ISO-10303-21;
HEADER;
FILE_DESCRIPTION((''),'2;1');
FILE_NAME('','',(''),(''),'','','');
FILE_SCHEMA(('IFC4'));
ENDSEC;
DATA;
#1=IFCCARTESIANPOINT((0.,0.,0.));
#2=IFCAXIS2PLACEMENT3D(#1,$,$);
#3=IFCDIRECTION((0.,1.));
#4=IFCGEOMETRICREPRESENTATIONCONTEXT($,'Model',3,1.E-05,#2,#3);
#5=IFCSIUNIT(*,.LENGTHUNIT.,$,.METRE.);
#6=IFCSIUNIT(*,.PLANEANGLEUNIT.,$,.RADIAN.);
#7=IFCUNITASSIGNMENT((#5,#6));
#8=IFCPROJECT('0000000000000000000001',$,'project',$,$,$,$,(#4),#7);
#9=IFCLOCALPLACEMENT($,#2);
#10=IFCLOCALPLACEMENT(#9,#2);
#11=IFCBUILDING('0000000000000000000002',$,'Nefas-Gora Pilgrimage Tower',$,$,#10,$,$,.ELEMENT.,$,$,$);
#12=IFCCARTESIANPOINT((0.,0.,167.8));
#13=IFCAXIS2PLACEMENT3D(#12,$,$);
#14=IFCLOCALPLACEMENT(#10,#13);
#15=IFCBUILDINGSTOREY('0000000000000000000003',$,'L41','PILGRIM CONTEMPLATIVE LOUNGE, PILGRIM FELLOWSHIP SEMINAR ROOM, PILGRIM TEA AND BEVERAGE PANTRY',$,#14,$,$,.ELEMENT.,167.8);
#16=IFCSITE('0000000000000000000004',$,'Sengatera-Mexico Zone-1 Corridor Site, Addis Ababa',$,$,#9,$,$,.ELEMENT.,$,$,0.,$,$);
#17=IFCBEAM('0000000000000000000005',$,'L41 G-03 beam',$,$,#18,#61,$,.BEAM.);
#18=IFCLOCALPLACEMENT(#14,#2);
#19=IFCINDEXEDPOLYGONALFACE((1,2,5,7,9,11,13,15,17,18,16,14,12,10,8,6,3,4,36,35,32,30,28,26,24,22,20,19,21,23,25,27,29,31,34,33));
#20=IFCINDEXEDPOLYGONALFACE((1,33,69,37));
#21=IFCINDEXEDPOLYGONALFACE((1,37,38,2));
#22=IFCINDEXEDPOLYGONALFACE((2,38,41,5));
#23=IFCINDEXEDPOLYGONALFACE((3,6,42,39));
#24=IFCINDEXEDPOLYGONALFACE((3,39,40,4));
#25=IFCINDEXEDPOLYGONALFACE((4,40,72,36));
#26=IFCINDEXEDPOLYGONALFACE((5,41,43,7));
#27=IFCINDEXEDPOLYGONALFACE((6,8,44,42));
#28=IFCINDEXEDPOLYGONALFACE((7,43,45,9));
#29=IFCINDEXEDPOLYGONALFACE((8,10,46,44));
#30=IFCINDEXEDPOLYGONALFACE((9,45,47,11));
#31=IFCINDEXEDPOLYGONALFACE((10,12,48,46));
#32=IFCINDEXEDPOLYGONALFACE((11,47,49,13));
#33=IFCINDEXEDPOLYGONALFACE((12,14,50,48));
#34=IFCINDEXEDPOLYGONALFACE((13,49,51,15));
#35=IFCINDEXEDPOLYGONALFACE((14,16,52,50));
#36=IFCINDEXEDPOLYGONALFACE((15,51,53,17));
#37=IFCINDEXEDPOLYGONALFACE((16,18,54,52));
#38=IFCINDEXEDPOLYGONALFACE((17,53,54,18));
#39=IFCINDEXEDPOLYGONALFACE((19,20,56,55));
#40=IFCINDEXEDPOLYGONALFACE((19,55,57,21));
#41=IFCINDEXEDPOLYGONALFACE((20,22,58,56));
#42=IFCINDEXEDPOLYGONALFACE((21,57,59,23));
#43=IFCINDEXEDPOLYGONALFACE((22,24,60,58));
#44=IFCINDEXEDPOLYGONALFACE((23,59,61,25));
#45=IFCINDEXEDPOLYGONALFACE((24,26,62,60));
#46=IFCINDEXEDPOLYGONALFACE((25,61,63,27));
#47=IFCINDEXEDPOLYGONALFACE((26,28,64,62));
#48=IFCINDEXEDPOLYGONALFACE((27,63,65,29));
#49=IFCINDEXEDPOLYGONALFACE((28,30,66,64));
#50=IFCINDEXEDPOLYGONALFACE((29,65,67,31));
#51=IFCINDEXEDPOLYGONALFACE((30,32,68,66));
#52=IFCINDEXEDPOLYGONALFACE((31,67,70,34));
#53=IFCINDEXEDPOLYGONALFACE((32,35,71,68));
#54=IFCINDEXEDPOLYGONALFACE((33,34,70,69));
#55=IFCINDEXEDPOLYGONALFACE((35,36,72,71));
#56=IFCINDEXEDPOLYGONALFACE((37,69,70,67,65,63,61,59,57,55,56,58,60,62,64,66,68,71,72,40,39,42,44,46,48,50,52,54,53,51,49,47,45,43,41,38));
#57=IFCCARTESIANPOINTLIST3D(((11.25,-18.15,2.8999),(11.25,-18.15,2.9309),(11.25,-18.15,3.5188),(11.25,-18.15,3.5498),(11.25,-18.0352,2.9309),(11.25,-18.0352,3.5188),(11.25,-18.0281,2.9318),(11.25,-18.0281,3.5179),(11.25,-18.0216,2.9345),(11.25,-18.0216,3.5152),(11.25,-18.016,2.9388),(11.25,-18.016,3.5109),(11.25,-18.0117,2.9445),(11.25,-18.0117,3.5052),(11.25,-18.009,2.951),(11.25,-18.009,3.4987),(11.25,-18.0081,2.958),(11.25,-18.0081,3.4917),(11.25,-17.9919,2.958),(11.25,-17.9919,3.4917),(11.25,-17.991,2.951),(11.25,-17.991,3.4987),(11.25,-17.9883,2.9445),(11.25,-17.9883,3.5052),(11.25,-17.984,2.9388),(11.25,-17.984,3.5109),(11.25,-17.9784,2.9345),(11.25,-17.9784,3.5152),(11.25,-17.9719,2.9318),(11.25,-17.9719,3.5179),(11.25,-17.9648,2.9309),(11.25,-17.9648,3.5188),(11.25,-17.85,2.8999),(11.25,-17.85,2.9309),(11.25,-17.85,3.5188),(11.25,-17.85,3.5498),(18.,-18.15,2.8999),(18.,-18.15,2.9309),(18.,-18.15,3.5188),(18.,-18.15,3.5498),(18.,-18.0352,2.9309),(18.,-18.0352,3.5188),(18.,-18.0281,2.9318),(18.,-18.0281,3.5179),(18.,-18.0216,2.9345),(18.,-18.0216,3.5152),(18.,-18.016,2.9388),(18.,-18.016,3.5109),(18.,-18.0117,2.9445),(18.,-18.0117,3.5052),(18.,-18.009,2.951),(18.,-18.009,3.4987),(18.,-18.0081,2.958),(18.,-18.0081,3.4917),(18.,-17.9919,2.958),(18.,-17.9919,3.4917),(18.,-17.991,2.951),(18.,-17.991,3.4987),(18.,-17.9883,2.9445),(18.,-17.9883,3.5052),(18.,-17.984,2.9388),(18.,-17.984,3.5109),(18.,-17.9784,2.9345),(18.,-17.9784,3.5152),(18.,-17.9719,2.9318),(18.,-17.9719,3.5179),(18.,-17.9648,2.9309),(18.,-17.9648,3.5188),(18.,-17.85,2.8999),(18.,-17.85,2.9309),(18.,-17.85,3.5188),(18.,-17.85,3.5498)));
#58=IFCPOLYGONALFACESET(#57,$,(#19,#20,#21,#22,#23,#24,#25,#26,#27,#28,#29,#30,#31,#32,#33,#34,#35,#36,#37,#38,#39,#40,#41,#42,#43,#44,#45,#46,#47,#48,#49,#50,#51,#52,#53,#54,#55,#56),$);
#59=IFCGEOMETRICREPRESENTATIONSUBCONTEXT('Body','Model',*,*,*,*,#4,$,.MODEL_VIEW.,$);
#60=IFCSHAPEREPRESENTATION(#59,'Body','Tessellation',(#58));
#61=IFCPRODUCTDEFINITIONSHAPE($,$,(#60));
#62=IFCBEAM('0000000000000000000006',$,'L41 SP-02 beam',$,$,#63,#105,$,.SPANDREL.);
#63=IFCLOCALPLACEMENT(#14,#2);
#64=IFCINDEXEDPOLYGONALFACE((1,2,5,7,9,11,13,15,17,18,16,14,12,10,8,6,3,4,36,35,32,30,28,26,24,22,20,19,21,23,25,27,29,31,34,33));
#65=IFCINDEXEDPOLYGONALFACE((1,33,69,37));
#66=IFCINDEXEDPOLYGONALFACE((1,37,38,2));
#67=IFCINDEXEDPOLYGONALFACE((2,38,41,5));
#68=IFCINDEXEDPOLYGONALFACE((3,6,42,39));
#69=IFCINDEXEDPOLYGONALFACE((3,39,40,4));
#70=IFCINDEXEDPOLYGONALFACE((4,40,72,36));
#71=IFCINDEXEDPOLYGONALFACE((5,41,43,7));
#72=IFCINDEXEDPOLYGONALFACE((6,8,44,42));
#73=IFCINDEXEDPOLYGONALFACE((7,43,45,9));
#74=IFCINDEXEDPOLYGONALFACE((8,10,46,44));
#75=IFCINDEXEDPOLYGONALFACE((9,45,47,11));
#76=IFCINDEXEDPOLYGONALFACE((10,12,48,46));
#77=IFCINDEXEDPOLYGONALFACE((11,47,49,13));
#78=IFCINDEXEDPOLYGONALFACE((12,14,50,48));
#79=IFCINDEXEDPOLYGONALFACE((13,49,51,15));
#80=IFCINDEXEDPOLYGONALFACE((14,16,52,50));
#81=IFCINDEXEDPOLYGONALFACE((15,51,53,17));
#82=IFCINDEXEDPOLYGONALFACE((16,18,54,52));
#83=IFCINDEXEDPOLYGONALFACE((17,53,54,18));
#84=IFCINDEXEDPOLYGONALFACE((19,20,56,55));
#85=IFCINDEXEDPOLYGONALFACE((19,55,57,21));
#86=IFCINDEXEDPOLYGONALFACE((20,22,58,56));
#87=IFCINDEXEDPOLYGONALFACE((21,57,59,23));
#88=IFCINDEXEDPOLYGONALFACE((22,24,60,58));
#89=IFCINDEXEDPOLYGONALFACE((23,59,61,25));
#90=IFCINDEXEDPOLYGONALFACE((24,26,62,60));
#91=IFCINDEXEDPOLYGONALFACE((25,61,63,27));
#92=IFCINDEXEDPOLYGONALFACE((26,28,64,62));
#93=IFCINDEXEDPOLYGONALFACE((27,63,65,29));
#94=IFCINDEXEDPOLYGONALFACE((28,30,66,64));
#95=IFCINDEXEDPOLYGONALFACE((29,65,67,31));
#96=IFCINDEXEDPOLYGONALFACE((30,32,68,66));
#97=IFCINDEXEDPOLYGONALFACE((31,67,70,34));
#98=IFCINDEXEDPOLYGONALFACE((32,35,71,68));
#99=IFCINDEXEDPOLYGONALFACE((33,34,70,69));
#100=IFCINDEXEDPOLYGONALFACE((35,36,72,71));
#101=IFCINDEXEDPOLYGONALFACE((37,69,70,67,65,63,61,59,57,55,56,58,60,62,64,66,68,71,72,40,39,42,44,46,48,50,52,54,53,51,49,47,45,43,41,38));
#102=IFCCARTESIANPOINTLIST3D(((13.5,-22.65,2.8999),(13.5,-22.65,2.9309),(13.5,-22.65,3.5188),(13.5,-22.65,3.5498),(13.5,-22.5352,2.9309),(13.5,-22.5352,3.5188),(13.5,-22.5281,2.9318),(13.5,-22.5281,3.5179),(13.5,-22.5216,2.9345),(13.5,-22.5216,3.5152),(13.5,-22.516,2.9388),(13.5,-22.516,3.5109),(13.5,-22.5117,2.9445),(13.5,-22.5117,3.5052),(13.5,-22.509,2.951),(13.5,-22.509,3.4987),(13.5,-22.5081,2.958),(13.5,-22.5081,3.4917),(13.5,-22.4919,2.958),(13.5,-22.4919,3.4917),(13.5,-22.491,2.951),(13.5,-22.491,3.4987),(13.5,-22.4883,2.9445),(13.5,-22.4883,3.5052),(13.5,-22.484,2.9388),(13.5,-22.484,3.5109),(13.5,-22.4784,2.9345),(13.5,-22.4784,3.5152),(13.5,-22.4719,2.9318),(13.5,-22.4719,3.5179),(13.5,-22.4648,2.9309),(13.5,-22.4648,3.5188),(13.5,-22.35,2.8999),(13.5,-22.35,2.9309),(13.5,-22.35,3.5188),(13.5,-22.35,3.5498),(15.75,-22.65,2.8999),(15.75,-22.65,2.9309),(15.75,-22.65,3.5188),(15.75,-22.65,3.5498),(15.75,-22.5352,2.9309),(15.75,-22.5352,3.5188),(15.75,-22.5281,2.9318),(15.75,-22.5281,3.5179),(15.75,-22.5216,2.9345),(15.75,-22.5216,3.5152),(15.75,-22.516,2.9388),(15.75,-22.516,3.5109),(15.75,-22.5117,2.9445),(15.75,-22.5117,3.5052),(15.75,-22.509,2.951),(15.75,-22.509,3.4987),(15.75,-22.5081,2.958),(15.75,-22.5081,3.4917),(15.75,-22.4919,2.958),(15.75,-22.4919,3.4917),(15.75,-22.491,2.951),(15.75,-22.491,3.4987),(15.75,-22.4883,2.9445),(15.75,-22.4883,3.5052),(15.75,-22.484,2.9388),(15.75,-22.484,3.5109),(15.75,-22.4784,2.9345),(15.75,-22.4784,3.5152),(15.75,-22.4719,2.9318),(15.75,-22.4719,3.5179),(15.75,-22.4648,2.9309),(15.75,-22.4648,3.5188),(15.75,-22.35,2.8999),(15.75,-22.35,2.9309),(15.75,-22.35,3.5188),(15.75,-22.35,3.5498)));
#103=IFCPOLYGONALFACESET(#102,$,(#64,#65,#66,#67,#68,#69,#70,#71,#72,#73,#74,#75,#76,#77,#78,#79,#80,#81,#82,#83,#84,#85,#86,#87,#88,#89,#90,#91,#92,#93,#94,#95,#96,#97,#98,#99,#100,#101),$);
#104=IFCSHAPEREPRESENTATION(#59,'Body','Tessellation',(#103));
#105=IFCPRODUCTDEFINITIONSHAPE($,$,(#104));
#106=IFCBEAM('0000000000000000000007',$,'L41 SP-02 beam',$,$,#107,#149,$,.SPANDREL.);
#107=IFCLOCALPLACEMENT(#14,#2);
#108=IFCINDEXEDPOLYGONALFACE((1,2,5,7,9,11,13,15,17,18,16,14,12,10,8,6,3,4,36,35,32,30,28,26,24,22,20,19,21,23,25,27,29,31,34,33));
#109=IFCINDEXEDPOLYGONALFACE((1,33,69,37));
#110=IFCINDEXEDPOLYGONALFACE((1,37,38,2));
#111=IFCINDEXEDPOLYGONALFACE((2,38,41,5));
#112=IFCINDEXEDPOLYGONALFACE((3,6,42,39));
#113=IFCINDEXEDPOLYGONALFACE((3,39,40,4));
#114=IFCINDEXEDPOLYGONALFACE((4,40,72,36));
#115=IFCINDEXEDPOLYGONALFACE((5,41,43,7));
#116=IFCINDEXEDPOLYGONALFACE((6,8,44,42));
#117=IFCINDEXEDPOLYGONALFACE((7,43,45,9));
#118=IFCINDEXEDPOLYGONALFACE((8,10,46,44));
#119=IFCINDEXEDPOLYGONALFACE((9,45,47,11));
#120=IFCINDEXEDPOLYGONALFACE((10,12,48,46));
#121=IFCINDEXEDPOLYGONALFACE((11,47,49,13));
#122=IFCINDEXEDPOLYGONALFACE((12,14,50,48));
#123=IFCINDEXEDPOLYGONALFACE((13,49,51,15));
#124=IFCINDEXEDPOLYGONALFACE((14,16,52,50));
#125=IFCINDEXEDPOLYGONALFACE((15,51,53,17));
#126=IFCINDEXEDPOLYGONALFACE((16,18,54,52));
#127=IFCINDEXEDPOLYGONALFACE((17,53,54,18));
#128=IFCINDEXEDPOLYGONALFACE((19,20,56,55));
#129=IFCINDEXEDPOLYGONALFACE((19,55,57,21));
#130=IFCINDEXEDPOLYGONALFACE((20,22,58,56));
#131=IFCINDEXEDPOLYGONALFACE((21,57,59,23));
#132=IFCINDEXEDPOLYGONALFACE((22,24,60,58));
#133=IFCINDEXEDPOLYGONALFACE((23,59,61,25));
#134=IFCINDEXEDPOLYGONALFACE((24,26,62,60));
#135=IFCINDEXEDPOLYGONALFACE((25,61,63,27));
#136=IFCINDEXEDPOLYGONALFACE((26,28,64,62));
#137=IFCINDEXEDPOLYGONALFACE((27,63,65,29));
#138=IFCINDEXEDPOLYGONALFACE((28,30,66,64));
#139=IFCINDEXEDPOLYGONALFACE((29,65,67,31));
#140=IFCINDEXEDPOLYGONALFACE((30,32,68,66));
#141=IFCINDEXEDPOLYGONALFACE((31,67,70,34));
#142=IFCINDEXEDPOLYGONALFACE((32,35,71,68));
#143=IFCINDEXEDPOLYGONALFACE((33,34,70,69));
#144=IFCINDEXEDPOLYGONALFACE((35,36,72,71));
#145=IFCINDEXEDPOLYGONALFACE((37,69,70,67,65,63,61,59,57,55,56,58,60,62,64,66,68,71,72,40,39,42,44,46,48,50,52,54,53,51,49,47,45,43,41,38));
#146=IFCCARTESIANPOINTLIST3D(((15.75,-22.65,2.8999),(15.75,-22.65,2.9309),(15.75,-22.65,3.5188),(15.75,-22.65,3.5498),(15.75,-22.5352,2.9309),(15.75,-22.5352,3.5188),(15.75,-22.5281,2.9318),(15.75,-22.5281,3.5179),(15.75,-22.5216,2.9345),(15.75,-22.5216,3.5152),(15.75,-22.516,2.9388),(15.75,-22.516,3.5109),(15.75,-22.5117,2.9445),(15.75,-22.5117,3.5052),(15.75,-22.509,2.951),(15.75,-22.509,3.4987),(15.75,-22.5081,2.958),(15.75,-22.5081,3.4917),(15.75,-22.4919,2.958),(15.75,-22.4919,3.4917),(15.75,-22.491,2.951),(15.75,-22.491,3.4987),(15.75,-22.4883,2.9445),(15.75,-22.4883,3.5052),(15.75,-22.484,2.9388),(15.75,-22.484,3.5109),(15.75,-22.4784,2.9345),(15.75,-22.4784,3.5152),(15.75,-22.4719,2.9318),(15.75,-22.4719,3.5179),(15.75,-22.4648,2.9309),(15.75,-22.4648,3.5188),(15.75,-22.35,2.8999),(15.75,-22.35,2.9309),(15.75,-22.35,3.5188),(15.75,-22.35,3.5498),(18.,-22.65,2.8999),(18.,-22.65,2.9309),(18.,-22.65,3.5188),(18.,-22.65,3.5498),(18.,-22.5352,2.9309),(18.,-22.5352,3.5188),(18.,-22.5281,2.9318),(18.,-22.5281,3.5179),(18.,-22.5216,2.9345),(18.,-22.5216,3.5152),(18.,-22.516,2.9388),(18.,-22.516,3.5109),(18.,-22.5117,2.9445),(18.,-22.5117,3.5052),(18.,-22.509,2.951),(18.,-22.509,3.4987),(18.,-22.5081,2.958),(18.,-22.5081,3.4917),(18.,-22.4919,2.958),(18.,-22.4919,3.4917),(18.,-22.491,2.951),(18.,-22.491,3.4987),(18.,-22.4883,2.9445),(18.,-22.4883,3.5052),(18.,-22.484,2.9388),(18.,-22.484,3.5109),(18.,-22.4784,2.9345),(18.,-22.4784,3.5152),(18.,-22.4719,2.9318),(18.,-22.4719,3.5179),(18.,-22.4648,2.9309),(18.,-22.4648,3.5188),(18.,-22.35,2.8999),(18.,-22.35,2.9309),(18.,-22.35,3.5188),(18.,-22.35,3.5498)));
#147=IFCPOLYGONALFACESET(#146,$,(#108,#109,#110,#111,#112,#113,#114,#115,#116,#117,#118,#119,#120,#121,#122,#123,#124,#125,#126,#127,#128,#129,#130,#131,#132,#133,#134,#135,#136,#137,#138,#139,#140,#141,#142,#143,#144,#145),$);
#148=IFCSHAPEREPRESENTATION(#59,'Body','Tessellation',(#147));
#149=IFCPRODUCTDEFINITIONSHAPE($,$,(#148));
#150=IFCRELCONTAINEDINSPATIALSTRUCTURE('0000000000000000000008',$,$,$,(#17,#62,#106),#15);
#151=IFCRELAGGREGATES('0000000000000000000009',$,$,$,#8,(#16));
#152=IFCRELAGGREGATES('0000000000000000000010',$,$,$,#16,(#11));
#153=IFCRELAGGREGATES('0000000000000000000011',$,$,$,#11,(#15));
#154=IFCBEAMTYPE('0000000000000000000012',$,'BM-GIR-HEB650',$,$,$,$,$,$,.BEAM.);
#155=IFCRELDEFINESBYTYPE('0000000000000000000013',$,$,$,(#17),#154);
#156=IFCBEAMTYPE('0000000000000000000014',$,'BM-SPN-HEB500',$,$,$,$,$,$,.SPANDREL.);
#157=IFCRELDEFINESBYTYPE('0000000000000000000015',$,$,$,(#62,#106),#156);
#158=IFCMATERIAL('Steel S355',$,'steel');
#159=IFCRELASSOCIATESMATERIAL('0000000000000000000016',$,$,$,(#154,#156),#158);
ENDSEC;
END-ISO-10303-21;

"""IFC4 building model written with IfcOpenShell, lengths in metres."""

from ifc_helpers import new_model, si_unit, direction, frame, origin, origin_2d, place, context, subcontext, project, spatial, i_section, extrude, source, transform, mapped, material, material_profile, profile_set, type_object, element, save


model = new_model("IFC4")

# Units and contexts
model_context = context("Model", 3, precision=1e-05, world=origin(), true_north=direction((0.0, 1.0)))
body_context = subcontext(model_context, "Body", "Model", "MODEL_VIEW")
ifc_project = project(units=[si_unit("LENGTHUNIT", "METRE"), si_unit("PLANEANGLEUNIT", "RADIAN")], contexts=[model_context])

# Site, building, storey
site_placement = place(None, origin())
site = spatial("IfcSite", under=ifc_project, at=site_placement, Name="Sengatera-Mexico Zone-1 Corridor Site, Addis Ababa", CompositionType="ELEMENT", RefElevation=0.0)
building_placement = place(site_placement, origin())
building = spatial("IfcBuilding", under=site, at=building_placement, Name="Nefas-Gora Pilgrimage Tower", CompositionType="ELEMENT")
storey_placement = place(building_placement, frame((0.0, 0.0, 167.8)))
storey = spatial("IfcBuildingStorey", under=building, at=storey_placement, Name="L41", Description="PILGRIM CONTEMPLATIVE LOUNGE, PILGRIM FELLOWSHIP SEMINAR ROOM, PILGRIM TEA AND BEVERAGE PANTRY", CompositionType="ELEMENT", Elevation=167.8)

# Beams
ifc_material_1 = material(Name="Steel S355", Category="steel")
ifc_material_profile_1 = material_profile(ifc_material_1, i_section(OverallWidth=0.3, OverallDepth=0.6499, WebThickness=0.0161, FlangeThickness=0.031, FilletRadius=0.0271, at=origin_2d()), Name="HEB 650")
ifc_profile_set_1 = profile_set([ifc_material_profile_1], Name="Steel S355")
beam_type_1 = type_object("IfcBeamType", Name="BM-GIR-HEB650", PredefinedType="BEAM", material=ifc_profile_set_1)
shared_shape_1 = source(origin(), body_context, "Body", "SweptSolid", [
    extrude(i_section(OverallWidth=0.3, OverallDepth=0.6499, WebThickness=0.0161, FlangeThickness=0.031, FilletRadius=0.0271, at=origin_2d()), origin(), (0.0, 0.0, 1.0), 6.75),
])
beam_placement = place(storey_placement, frame((11.25, -18.0, 3.2249), z_axis=(1.0, 0.0, 0.0), x_axis=(0.0, 1.0, 0.0)))
element("IfcBeam", 1, at=beam_placement, inside=storey, type_object=beam_type_1, Name="L41 G-03 beam", PredefinedType="BEAM", context=body_context, shape_type="MappedRepresentation", body=[
    mapped(shared_shape_1, transform((0.0, 0.0, 0.0), x_axis=(1.0, 0.0, 0.0), y_axis=(0.0, 1.0, 0.0), z_axis=(0.0, 0.0, 1.0), scale=1.0)),
])
ifc_material_profile_2 = material_profile(ifc_material_1, i_section(OverallWidth=0.3, OverallDepth=0.6499, WebThickness=0.0161, FlangeThickness=0.031, FilletRadius=0.0271, at=origin_2d()), Name="HEB 650")
ifc_profile_set_2 = profile_set([ifc_material_profile_2], Name="Steel S355")
beam_type_2 = type_object("IfcBeamType", Name="BM-SPN-HEB500", PredefinedType="SPANDREL", material=ifc_profile_set_2)
shared_shape_2 = source(origin(), body_context, "Body", "SweptSolid", [
    extrude(i_section(OverallWidth=0.3, OverallDepth=0.6499, WebThickness=0.0161, FlangeThickness=0.031, FilletRadius=0.0271, at=origin_2d()), origin(), (0.0, 0.0, 1.0), 2.25),
])
for number, where, z_axis, x_axis, name in (
    (2, (13.5, -22.5, 3.2249), (1.0, 0.0, 0.0), (0.0, 1.0, 0.0), "L41 SP-02 beam"),
    (3, (15.75, -22.5, 3.2249), (1.0, 0.0, 0.0), (0.0, 1.0, 0.0), "L41 SP-02 beam"),
):
    element("IfcBeam", number, at=place(storey_placement, frame(where, z_axis=z_axis, x_axis=x_axis)), inside=storey, type_object=beam_type_2, Name=name, PredefinedType="SPANDREL", context=body_context, shape_type="MappedRepresentation", body=[
        mapped(shared_shape_2, transform((0.0, 0.0, 0.0), x_axis=(1.0, 0.0, 0.0), y_axis=(0.0, 1.0, 0.0), z_axis=(0.0, 0.0, 1.0), scale=1.0)),
    ])

save(model, "model.ifc")
